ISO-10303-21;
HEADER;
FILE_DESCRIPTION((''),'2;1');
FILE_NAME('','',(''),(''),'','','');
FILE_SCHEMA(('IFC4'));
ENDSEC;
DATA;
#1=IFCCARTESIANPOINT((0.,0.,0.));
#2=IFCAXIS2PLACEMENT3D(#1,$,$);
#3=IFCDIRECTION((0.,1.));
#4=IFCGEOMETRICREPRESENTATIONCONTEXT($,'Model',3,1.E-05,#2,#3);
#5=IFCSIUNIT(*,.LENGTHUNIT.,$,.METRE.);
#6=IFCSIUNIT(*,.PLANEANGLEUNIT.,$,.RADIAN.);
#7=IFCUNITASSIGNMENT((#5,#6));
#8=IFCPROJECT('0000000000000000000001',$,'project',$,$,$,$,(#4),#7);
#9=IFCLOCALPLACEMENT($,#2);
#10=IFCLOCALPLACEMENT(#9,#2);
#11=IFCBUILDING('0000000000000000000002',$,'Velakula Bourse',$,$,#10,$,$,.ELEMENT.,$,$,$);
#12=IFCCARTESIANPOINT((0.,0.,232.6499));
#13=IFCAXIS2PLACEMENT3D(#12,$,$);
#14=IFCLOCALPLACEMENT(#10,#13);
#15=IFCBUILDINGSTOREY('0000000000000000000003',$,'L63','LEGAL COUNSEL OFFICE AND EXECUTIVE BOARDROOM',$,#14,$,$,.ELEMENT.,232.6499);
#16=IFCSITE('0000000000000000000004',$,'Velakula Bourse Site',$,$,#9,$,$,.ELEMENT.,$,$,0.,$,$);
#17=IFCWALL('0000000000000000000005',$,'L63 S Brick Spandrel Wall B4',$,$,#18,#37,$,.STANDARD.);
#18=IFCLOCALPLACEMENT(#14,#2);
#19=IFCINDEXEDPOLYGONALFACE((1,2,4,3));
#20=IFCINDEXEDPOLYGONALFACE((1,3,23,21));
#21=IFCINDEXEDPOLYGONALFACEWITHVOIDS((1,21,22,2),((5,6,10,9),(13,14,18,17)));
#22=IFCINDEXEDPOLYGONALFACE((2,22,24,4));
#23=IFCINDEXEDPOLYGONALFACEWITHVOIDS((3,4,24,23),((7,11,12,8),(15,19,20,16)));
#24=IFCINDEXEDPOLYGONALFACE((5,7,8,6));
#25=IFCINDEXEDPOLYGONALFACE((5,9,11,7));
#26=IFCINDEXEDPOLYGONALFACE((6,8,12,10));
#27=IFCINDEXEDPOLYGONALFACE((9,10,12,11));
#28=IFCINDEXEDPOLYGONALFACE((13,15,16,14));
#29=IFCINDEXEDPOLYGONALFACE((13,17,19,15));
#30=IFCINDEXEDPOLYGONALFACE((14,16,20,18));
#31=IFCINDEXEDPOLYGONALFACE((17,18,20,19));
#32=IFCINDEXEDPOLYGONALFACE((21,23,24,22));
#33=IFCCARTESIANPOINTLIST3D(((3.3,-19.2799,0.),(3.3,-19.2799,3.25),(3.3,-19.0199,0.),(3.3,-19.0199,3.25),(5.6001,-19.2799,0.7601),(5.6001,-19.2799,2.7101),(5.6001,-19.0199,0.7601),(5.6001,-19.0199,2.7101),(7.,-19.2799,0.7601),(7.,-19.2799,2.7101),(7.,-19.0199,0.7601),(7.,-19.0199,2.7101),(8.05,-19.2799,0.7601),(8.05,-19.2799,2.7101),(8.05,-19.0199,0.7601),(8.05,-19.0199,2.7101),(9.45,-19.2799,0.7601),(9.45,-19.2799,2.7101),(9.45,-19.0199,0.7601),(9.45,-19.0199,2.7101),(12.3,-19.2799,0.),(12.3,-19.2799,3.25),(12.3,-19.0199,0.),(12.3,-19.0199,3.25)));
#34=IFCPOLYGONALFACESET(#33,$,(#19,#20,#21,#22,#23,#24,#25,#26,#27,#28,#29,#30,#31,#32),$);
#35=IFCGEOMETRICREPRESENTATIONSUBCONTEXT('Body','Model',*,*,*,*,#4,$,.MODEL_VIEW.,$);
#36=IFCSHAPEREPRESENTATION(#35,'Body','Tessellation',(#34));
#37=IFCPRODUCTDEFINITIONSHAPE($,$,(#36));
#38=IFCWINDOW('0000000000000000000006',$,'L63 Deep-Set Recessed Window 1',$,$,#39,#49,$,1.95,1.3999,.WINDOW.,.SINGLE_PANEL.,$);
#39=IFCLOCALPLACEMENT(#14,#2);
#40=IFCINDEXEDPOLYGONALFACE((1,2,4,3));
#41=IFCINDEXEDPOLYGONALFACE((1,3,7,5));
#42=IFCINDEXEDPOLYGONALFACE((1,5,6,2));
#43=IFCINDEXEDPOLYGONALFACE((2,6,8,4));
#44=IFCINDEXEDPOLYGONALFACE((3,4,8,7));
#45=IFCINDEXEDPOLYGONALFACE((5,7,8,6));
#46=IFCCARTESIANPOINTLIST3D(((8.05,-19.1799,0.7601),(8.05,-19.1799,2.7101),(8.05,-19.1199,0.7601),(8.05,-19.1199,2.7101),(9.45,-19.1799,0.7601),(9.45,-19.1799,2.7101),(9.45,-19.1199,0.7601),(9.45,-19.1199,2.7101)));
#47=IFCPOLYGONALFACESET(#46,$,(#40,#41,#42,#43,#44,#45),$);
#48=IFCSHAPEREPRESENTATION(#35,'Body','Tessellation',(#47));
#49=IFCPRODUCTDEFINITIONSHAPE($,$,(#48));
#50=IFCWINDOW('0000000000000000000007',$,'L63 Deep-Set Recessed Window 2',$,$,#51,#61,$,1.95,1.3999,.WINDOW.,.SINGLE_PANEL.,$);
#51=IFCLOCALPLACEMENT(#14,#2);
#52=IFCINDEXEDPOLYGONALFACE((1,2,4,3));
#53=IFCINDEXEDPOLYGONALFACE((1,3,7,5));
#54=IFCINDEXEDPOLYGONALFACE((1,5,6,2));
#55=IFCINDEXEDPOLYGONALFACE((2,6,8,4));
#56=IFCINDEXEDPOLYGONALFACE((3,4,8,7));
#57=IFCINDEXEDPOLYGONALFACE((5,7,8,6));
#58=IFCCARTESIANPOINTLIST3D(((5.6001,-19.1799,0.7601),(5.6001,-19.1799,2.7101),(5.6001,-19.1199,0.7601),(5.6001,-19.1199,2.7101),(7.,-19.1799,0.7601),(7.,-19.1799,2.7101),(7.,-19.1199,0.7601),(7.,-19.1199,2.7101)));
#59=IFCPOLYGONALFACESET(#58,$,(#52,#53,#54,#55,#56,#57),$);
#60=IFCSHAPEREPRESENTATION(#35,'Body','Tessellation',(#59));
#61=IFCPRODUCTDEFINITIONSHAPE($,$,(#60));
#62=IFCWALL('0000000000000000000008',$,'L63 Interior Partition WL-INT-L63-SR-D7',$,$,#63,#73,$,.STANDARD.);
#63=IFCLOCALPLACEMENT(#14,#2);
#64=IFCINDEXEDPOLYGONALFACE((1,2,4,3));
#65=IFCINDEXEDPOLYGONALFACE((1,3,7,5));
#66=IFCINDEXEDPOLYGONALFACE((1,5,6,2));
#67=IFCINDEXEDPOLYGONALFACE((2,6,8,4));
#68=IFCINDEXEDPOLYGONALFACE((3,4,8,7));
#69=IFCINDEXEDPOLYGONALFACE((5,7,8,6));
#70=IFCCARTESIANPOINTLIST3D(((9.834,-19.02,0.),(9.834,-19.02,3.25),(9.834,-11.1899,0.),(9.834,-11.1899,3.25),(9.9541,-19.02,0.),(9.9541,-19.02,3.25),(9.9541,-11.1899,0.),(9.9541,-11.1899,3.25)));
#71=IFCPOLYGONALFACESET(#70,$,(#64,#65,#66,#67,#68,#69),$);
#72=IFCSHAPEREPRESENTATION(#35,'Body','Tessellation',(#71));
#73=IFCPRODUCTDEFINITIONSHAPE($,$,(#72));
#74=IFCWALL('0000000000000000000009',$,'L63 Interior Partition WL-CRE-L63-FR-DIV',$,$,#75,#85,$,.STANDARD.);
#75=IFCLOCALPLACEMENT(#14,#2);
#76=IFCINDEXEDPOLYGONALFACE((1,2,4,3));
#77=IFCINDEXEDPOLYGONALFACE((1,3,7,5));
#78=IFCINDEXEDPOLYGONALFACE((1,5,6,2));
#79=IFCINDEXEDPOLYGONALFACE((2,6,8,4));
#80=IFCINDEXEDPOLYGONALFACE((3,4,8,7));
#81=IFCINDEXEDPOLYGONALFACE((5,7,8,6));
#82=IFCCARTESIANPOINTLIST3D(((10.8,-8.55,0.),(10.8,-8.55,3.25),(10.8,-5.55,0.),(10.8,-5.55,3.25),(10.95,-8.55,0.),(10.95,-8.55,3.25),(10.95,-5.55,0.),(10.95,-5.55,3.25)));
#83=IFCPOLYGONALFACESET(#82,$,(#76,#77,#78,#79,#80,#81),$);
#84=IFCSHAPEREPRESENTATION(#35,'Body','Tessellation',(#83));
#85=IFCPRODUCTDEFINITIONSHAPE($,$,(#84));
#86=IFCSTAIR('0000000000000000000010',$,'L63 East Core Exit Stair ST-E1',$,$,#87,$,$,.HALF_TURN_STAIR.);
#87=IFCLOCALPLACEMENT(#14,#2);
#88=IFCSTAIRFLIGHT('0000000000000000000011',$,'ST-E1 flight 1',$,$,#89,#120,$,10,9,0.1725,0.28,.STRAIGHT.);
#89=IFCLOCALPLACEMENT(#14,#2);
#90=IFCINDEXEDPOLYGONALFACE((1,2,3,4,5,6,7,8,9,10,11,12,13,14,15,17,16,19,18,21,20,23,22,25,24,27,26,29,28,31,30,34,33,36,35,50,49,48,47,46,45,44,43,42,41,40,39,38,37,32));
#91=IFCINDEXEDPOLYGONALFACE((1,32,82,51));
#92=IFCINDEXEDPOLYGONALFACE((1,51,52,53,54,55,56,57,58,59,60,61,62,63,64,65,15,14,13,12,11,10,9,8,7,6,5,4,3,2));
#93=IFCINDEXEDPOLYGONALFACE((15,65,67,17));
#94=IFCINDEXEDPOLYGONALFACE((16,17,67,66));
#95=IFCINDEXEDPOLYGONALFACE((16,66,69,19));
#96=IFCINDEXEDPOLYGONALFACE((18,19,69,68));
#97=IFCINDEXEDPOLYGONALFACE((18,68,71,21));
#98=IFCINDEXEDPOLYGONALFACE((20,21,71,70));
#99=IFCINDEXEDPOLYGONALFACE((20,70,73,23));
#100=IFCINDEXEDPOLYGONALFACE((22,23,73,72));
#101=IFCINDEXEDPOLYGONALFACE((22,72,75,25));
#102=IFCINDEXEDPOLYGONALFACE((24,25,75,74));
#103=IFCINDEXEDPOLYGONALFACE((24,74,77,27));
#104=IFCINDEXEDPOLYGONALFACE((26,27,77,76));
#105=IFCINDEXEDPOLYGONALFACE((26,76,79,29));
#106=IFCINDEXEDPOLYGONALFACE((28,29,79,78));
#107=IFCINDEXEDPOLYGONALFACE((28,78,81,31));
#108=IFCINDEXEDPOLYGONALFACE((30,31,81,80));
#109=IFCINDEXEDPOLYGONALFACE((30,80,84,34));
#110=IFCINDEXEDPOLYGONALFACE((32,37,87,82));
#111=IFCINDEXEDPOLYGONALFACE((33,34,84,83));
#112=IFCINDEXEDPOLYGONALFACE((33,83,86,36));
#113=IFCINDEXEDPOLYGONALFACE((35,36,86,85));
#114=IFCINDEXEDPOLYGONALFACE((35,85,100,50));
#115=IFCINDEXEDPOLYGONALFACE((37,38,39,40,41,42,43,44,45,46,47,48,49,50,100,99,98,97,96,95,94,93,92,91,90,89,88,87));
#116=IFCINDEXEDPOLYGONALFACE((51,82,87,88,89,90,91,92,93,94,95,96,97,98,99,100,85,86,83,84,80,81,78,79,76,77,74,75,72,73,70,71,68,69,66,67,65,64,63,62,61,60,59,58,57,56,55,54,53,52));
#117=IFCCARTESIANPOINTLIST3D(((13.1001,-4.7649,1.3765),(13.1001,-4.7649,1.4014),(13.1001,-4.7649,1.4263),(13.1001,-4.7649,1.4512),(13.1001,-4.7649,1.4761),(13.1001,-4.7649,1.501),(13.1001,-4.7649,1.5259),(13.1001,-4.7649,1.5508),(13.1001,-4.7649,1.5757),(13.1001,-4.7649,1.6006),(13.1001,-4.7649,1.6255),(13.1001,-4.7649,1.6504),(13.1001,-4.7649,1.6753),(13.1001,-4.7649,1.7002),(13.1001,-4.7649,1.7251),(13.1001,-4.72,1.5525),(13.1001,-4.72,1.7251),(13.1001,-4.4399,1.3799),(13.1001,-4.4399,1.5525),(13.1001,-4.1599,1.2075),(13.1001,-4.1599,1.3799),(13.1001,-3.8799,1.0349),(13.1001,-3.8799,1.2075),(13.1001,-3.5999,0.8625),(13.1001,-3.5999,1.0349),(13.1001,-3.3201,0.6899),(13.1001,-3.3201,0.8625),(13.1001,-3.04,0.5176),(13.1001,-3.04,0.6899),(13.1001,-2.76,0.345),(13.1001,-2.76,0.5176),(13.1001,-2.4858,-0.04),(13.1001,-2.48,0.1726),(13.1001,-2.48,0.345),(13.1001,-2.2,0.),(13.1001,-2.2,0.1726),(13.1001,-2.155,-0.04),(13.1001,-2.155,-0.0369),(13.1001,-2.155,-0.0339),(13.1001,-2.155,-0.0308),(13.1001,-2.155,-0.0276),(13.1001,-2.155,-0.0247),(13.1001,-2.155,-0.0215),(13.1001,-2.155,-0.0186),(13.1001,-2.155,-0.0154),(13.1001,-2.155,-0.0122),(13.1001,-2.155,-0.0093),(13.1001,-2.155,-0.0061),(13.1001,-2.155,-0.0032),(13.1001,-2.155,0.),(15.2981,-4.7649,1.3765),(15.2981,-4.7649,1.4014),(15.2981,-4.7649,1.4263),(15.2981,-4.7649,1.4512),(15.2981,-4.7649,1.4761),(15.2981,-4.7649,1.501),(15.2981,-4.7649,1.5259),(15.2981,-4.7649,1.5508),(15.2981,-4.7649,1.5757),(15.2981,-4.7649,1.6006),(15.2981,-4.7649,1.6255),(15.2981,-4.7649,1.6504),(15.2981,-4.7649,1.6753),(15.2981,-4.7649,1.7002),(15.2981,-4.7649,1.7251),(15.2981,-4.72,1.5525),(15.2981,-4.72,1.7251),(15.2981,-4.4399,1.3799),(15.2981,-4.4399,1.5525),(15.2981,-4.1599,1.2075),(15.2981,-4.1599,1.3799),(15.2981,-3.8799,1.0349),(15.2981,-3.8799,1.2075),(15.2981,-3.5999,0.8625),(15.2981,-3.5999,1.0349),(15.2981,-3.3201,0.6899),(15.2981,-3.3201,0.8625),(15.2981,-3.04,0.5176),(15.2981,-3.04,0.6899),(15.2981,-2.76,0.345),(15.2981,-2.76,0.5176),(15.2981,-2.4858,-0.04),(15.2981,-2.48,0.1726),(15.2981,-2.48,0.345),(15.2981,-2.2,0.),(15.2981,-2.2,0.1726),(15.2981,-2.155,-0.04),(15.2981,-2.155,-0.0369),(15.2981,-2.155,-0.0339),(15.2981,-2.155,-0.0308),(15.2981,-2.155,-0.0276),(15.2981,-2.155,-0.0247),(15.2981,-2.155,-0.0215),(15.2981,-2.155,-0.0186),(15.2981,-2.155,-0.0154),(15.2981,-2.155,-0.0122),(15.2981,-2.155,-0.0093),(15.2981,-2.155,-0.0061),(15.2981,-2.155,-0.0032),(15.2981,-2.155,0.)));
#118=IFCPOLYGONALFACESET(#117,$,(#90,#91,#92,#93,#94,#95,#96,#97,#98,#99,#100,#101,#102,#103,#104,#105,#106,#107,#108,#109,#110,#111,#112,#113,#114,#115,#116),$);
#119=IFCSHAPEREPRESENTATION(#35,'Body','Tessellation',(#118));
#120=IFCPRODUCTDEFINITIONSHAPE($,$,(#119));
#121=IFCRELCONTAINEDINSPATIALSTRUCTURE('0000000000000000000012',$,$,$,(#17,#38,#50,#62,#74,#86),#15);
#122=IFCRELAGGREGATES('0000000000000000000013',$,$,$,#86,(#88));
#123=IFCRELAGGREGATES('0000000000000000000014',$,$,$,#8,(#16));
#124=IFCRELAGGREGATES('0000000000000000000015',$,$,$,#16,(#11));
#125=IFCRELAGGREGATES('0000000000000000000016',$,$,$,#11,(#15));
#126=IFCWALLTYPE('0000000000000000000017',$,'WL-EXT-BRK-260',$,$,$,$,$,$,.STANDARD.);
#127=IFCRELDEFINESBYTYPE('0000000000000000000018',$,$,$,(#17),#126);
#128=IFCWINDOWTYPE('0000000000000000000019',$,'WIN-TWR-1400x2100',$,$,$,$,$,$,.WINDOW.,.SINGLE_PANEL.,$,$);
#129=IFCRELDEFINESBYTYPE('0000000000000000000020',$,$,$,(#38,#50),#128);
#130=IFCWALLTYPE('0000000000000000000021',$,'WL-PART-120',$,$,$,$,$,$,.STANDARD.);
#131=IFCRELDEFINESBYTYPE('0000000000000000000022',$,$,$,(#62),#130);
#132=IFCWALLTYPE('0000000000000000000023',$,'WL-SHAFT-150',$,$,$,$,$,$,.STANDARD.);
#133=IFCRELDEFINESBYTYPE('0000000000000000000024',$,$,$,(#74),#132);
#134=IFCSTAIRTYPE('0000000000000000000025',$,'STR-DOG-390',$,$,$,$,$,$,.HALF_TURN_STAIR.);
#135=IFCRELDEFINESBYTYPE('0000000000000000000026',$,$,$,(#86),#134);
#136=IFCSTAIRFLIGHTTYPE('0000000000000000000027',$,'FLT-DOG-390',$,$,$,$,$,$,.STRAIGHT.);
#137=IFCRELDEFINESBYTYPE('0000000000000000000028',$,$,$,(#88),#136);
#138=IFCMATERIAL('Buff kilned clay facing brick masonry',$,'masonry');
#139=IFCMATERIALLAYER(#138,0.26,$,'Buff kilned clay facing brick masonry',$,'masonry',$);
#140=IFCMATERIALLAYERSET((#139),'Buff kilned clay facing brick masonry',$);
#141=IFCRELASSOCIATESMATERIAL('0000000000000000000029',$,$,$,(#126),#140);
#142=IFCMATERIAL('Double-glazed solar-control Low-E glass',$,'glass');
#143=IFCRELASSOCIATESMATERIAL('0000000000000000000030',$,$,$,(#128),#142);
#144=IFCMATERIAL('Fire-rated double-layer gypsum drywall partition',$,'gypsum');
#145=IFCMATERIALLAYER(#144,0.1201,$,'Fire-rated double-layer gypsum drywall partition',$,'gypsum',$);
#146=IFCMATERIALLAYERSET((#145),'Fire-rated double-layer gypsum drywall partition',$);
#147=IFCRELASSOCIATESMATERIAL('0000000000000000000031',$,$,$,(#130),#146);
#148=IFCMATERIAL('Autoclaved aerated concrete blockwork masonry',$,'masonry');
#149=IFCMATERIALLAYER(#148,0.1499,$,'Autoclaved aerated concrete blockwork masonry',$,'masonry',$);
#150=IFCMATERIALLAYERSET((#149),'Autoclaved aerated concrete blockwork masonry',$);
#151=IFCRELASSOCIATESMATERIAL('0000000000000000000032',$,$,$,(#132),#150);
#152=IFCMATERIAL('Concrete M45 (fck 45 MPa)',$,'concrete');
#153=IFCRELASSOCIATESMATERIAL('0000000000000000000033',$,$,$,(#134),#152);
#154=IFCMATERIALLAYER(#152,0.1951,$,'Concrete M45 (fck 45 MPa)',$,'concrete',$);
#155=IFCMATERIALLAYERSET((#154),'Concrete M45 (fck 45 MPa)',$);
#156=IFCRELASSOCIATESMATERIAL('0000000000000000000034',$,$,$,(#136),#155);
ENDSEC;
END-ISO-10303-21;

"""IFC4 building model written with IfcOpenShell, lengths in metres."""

from ifc_helpers import new_model, si_unit, direction, frame, frame_2d, origin, place, context, subcontext, project, spatial, polyline, rectangle, outline, extrude, material, layer, layer_set, type_object, element, fill, aggregate, save


model = new_model("IFC4")

# Units and contexts
model_context = context("Model", 3, precision=1e-05, world=origin(), true_north=direction((0.0, 1.0)))
body_context = subcontext(model_context, "Body", "Model", "MODEL_VIEW")
ifc_project = project(units=[si_unit("LENGTHUNIT", "METRE"), si_unit("PLANEANGLEUNIT", "RADIAN")], contexts=[model_context])

# Site, building, storey
site_placement = place(None, origin())
site = spatial("IfcSite", under=ifc_project, at=site_placement, Name="Velakula Bourse Site", CompositionType="ELEMENT", RefElevation=0.0)
building_placement = place(site_placement, origin())
building = spatial("IfcBuilding", under=site, at=building_placement, Name="Velakula Bourse", CompositionType="ELEMENT")
storey_placement = place(building_placement, frame((0.0, 0.0, 232.6499)))
storey = spatial("IfcBuildingStorey", under=building, at=storey_placement, Name="L63", Description="LEGAL COUNSEL OFFICE AND EXECUTIVE BOARDROOM", CompositionType="ELEMENT", Elevation=232.6499)

# Wall, openings, windows
ifc_material_1 = material(Name="Buff kilned clay facing brick masonry", Category="masonry")
ifc_layer_1 = layer(ifc_material_1, 0.26, Name="Buff kilned clay facing brick masonry", Category="masonry")
ifc_layer_set_1 = layer_set([ifc_layer_1], Name="Buff kilned clay facing brick masonry")
wall_type_1 = type_object("IfcWallType", Name="WL-EXT-BRK-260", PredefinedType="STANDARD", material=ifc_layer_set_1)
wall_1_placement = place(storey_placement, frame((12.3, -19.1499, 0.0), z_axis=(0.0, 0.0, 1.0), x_axis=(-1.0, 0.0, 0.0)))
wall_1 = element("IfcWall", 1, at=wall_1_placement, inside=storey, type_object=wall_type_1, Name="L63 S Brick Spandrel Wall B4", PredefinedType="STANDARD", context=body_context, shape_type="SweptSolid", body=[
    extrude(rectangle(XDim=9.0, YDim=0.26, at=frame_2d((4.5, 0.0))), origin(), (0.0, 0.0, 1.0), 3.25),
])
opening_1_placement = place(wall_1_placement, frame((2.8501, 0.0, 0.76)))
opening_1 = element("IfcOpeningElement", 2, at=opening_1_placement, cuts=wall_1, PredefinedType="OPENING", context=body_context, shape_type="SweptSolid", body=[
    extrude(rectangle(XDim=1.3999, YDim=1.95, at=frame_2d((0.7, 0.9751))), frame((0.0, 0.1399, 0.0), z_axis=(0.0, -1.0, 0.0), x_axis=(1.0, 0.0, 0.0)), (0.0, 0.0, 1.0), 0.28),
])
opening_2_placement = place(wall_1_placement, frame((5.3, 0.0, 0.76)))
opening_2 = element("IfcOpeningElement", 3, at=opening_2_placement, cuts=wall_1, PredefinedType="OPENING", context=body_context, shape_type="SweptSolid", body=[
    extrude(rectangle(XDim=1.3999, YDim=1.95, at=frame_2d((0.7, 0.9751))), frame((0.0, 0.1399, 0.0), z_axis=(0.0, -1.0, 0.0), x_axis=(1.0, 0.0, 0.0)), (0.0, 0.0, 1.0), 0.28),
])
ifc_material_2 = material(Name="Double-glazed solar-control Low-E glass", Category="glass")
window_type = type_object("IfcWindowType", Name="WIN-TWR-1400x2100", PartitioningType="SINGLE_PANEL", PredefinedType="WINDOW", material=ifc_material_2)
window_1_placement = place(opening_1_placement, origin())
window_1 = element("IfcWindow", 4, at=window_1_placement, inside=storey, type_object=window_type, Name="L63 Deep-Set Recessed Window 1", OverallHeight=1.95, OverallWidth=1.3999, PartitioningType="SINGLE_PANEL", PredefinedType="WINDOW", context=body_context, shape_type="SweptSolid", body=[
    extrude(rectangle(XDim=1.3999, YDim=1.95, at=frame_2d((0.7, 0.9751))), frame((0.0, 0.03, 0.0), z_axis=(0.0, -1.0, 0.0), x_axis=(1.0, 0.0, 0.0)), (0.0, 0.0, 1.0), 0.0601),
])
fill(opening_1, window_1)
window_2_placement = place(opening_2_placement, origin())
window_2 = element("IfcWindow", 5, at=window_2_placement, inside=storey, type_object=window_type, Name="L63 Deep-Set Recessed Window 2", OverallHeight=1.95, OverallWidth=1.3999, PartitioningType="SINGLE_PANEL", PredefinedType="WINDOW", context=body_context, shape_type="SweptSolid", body=[
    extrude(rectangle(XDim=1.3999, YDim=1.95, at=frame_2d((0.7, 0.9751))), frame((0.0, 0.03, 0.0), z_axis=(0.0, -1.0, 0.0), x_axis=(1.0, 0.0, 0.0)), (0.0, 0.0, 1.0), 0.0601),
])
fill(opening_2, window_2)

# Wall
ifc_material_3 = material(Name="Fire-rated double-layer gypsum drywall partition", Category="gypsum")
ifc_layer_2 = layer(ifc_material_3, 0.1201, Name="Fire-rated double-layer gypsum drywall partition", Category="gypsum")
ifc_layer_set_2 = layer_set([ifc_layer_2], Name="Fire-rated double-layer gypsum drywall partition")
wall_type_2 = type_object("IfcWallType", Name="WL-PART-120", PredefinedType="STANDARD", material=ifc_layer_set_2)
wall_2_placement = place(storey_placement, frame((9.894, -19.02, 0.0), z_axis=(0.0, 0.0, 1.0), x_axis=(0.0, 1.0, 0.0)))
element("IfcWall", 6, at=wall_2_placement, inside=storey, type_object=wall_type_2, Name="L63 Interior Partition WL-INT-L63-SR-D7", PredefinedType="STANDARD", context=body_context, shape_type="SweptSolid", body=[
    extrude(rectangle(XDim=7.8301, YDim=0.1201, at=frame_2d((3.915, 0.0))), origin(), (0.0, 0.0, 1.0), 3.25),
])

# Shared definitions
ifc_material_4 = material(Name="Autoclaved aerated concrete blockwork masonry", Category="masonry")
ifc_layer_3 = layer(ifc_material_4, 0.1499, Name="Autoclaved aerated concrete blockwork masonry", Category="masonry")
ifc_layer_set_3 = layer_set([ifc_layer_3], Name="Autoclaved aerated concrete blockwork masonry")
wall_type_3 = type_object("IfcWallType", Name="WL-SHAFT-150", PredefinedType="STANDARD", material=ifc_layer_set_3)

# Wall
wall_3_placement = place(storey_placement, frame((10.875, -8.55, 0.0), z_axis=(0.0, 0.0, 1.0), x_axis=(0.0, 1.0, 0.0)))
element("IfcWall", 7, at=wall_3_placement, inside=storey, type_object=wall_type_3, Name="L63 Interior Partition WL-CRE-L63-FR-DIV", PredefinedType="STANDARD", context=body_context, shape_type="SweptSolid", body=[
    extrude(rectangle(XDim=3.0, YDim=0.1499, at=frame_2d((1.5, 0.0))), origin(), (0.0, 0.0, 1.0), 3.25),
])

# Stair, stair flight
ifc_material_5 = material(Name="Concrete M45 (fck 45 MPa)", Category="concrete")
stair_type = type_object("IfcStairType", Name="STR-DOG-390", PredefinedType="HALF_TURN_STAIR", material=ifc_material_5)
stair_placement = place(storey_placement, origin())
stair = element("IfcStair", 8, at=stair_placement, inside=storey, type_object=stair_type, Name="L63 East Core Exit Stair ST-E1", PredefinedType="HALF_TURN_STAIR")
ifc_layer_4 = layer(ifc_material_5, 0.1951, Name="Concrete M45 (fck 45 MPa)", Category="concrete")
ifc_layer_set_4 = layer_set([ifc_layer_4], Name="Concrete M45 (fck 45 MPa)")
stair_flight_type = type_object("IfcStairFlightType", Name="FLT-DOG-390", PredefinedType="STRAIGHT", material=ifc_layer_set_4)
stair_flight_1_placement = place(storey_placement, frame((14.199, -2.2, 0.0), z_axis=(0.0, 0.0, 1.0), x_axis=(0.0, -1.0, 0.0)))
stair_flight_1 = element("IfcStairFlight", 9, at=stair_flight_1_placement, type_object=stair_flight_type, Name="ST-E1 flight 1", NumberOfRisers=10, NumberOfTreads=9, PredefinedType="STRAIGHT", RiserHeight=0.1725, TreadLength=0.28, context=body_context, shape_type="SweptSolid", body=[
    extrude(outline(polyline([(-0.0449, -0.04), (-0.0449, -0.0369), (-0.0449, -0.0339), (-0.0449, -0.0308), (-0.0449, -0.0276), (-0.0449, -0.0247), (-0.0449, -0.0215), (-0.0449, -0.0186), (-0.0449, -0.0154), (-0.0449, -0.0122), (-0.0449, -0.0093), (-0.0449, -0.0061), (-0.0449, -0.0032), (-0.0449, 0.0), (0.0, 0.0), (0.0, 0.1726), (0.28, 0.1726), (0.28, 0.345), (0.5601, 0.345), (0.5601, 0.5176), (0.8401, 0.5176), (0.8401, 0.6899), (1.1201, 0.6899), (1.1201, 0.8625), (1.3999, 0.8625), (1.3999, 1.0349), (1.6799, 1.0349), (1.6799, 1.2075), (1.96, 1.2075), (1.96, 1.3799), (2.24, 1.3799), (2.24, 1.5525), (2.52, 1.5525), (2.52, 1.7251), (2.5649, 1.7251), (2.5649, 1.7002), (2.5649, 1.6753), (2.5649, 1.6504), (2.5649, 1.6255), (2.5649, 1.6006), (2.5649, 1.5757), (2.5649, 1.5508), (2.5649, 1.5259), (2.5649, 1.501), (2.5649, 1.4761), (2.5649, 1.4512), (2.5649, 1.4263), (2.5649, 1.4014), (2.5649, 1.3765), (0.2859, -0.04), (-0.0449, -0.04)])), frame((0.0, 1.0991, 0.0), z_axis=(0.0, -1.0, 0.0), x_axis=(1.0, 0.0, 0.0)), (0.0, 0.0, 1.0), 2.198),
])
aggregate(stair, [stair_flight_1])

save(model, "model.ifc")
